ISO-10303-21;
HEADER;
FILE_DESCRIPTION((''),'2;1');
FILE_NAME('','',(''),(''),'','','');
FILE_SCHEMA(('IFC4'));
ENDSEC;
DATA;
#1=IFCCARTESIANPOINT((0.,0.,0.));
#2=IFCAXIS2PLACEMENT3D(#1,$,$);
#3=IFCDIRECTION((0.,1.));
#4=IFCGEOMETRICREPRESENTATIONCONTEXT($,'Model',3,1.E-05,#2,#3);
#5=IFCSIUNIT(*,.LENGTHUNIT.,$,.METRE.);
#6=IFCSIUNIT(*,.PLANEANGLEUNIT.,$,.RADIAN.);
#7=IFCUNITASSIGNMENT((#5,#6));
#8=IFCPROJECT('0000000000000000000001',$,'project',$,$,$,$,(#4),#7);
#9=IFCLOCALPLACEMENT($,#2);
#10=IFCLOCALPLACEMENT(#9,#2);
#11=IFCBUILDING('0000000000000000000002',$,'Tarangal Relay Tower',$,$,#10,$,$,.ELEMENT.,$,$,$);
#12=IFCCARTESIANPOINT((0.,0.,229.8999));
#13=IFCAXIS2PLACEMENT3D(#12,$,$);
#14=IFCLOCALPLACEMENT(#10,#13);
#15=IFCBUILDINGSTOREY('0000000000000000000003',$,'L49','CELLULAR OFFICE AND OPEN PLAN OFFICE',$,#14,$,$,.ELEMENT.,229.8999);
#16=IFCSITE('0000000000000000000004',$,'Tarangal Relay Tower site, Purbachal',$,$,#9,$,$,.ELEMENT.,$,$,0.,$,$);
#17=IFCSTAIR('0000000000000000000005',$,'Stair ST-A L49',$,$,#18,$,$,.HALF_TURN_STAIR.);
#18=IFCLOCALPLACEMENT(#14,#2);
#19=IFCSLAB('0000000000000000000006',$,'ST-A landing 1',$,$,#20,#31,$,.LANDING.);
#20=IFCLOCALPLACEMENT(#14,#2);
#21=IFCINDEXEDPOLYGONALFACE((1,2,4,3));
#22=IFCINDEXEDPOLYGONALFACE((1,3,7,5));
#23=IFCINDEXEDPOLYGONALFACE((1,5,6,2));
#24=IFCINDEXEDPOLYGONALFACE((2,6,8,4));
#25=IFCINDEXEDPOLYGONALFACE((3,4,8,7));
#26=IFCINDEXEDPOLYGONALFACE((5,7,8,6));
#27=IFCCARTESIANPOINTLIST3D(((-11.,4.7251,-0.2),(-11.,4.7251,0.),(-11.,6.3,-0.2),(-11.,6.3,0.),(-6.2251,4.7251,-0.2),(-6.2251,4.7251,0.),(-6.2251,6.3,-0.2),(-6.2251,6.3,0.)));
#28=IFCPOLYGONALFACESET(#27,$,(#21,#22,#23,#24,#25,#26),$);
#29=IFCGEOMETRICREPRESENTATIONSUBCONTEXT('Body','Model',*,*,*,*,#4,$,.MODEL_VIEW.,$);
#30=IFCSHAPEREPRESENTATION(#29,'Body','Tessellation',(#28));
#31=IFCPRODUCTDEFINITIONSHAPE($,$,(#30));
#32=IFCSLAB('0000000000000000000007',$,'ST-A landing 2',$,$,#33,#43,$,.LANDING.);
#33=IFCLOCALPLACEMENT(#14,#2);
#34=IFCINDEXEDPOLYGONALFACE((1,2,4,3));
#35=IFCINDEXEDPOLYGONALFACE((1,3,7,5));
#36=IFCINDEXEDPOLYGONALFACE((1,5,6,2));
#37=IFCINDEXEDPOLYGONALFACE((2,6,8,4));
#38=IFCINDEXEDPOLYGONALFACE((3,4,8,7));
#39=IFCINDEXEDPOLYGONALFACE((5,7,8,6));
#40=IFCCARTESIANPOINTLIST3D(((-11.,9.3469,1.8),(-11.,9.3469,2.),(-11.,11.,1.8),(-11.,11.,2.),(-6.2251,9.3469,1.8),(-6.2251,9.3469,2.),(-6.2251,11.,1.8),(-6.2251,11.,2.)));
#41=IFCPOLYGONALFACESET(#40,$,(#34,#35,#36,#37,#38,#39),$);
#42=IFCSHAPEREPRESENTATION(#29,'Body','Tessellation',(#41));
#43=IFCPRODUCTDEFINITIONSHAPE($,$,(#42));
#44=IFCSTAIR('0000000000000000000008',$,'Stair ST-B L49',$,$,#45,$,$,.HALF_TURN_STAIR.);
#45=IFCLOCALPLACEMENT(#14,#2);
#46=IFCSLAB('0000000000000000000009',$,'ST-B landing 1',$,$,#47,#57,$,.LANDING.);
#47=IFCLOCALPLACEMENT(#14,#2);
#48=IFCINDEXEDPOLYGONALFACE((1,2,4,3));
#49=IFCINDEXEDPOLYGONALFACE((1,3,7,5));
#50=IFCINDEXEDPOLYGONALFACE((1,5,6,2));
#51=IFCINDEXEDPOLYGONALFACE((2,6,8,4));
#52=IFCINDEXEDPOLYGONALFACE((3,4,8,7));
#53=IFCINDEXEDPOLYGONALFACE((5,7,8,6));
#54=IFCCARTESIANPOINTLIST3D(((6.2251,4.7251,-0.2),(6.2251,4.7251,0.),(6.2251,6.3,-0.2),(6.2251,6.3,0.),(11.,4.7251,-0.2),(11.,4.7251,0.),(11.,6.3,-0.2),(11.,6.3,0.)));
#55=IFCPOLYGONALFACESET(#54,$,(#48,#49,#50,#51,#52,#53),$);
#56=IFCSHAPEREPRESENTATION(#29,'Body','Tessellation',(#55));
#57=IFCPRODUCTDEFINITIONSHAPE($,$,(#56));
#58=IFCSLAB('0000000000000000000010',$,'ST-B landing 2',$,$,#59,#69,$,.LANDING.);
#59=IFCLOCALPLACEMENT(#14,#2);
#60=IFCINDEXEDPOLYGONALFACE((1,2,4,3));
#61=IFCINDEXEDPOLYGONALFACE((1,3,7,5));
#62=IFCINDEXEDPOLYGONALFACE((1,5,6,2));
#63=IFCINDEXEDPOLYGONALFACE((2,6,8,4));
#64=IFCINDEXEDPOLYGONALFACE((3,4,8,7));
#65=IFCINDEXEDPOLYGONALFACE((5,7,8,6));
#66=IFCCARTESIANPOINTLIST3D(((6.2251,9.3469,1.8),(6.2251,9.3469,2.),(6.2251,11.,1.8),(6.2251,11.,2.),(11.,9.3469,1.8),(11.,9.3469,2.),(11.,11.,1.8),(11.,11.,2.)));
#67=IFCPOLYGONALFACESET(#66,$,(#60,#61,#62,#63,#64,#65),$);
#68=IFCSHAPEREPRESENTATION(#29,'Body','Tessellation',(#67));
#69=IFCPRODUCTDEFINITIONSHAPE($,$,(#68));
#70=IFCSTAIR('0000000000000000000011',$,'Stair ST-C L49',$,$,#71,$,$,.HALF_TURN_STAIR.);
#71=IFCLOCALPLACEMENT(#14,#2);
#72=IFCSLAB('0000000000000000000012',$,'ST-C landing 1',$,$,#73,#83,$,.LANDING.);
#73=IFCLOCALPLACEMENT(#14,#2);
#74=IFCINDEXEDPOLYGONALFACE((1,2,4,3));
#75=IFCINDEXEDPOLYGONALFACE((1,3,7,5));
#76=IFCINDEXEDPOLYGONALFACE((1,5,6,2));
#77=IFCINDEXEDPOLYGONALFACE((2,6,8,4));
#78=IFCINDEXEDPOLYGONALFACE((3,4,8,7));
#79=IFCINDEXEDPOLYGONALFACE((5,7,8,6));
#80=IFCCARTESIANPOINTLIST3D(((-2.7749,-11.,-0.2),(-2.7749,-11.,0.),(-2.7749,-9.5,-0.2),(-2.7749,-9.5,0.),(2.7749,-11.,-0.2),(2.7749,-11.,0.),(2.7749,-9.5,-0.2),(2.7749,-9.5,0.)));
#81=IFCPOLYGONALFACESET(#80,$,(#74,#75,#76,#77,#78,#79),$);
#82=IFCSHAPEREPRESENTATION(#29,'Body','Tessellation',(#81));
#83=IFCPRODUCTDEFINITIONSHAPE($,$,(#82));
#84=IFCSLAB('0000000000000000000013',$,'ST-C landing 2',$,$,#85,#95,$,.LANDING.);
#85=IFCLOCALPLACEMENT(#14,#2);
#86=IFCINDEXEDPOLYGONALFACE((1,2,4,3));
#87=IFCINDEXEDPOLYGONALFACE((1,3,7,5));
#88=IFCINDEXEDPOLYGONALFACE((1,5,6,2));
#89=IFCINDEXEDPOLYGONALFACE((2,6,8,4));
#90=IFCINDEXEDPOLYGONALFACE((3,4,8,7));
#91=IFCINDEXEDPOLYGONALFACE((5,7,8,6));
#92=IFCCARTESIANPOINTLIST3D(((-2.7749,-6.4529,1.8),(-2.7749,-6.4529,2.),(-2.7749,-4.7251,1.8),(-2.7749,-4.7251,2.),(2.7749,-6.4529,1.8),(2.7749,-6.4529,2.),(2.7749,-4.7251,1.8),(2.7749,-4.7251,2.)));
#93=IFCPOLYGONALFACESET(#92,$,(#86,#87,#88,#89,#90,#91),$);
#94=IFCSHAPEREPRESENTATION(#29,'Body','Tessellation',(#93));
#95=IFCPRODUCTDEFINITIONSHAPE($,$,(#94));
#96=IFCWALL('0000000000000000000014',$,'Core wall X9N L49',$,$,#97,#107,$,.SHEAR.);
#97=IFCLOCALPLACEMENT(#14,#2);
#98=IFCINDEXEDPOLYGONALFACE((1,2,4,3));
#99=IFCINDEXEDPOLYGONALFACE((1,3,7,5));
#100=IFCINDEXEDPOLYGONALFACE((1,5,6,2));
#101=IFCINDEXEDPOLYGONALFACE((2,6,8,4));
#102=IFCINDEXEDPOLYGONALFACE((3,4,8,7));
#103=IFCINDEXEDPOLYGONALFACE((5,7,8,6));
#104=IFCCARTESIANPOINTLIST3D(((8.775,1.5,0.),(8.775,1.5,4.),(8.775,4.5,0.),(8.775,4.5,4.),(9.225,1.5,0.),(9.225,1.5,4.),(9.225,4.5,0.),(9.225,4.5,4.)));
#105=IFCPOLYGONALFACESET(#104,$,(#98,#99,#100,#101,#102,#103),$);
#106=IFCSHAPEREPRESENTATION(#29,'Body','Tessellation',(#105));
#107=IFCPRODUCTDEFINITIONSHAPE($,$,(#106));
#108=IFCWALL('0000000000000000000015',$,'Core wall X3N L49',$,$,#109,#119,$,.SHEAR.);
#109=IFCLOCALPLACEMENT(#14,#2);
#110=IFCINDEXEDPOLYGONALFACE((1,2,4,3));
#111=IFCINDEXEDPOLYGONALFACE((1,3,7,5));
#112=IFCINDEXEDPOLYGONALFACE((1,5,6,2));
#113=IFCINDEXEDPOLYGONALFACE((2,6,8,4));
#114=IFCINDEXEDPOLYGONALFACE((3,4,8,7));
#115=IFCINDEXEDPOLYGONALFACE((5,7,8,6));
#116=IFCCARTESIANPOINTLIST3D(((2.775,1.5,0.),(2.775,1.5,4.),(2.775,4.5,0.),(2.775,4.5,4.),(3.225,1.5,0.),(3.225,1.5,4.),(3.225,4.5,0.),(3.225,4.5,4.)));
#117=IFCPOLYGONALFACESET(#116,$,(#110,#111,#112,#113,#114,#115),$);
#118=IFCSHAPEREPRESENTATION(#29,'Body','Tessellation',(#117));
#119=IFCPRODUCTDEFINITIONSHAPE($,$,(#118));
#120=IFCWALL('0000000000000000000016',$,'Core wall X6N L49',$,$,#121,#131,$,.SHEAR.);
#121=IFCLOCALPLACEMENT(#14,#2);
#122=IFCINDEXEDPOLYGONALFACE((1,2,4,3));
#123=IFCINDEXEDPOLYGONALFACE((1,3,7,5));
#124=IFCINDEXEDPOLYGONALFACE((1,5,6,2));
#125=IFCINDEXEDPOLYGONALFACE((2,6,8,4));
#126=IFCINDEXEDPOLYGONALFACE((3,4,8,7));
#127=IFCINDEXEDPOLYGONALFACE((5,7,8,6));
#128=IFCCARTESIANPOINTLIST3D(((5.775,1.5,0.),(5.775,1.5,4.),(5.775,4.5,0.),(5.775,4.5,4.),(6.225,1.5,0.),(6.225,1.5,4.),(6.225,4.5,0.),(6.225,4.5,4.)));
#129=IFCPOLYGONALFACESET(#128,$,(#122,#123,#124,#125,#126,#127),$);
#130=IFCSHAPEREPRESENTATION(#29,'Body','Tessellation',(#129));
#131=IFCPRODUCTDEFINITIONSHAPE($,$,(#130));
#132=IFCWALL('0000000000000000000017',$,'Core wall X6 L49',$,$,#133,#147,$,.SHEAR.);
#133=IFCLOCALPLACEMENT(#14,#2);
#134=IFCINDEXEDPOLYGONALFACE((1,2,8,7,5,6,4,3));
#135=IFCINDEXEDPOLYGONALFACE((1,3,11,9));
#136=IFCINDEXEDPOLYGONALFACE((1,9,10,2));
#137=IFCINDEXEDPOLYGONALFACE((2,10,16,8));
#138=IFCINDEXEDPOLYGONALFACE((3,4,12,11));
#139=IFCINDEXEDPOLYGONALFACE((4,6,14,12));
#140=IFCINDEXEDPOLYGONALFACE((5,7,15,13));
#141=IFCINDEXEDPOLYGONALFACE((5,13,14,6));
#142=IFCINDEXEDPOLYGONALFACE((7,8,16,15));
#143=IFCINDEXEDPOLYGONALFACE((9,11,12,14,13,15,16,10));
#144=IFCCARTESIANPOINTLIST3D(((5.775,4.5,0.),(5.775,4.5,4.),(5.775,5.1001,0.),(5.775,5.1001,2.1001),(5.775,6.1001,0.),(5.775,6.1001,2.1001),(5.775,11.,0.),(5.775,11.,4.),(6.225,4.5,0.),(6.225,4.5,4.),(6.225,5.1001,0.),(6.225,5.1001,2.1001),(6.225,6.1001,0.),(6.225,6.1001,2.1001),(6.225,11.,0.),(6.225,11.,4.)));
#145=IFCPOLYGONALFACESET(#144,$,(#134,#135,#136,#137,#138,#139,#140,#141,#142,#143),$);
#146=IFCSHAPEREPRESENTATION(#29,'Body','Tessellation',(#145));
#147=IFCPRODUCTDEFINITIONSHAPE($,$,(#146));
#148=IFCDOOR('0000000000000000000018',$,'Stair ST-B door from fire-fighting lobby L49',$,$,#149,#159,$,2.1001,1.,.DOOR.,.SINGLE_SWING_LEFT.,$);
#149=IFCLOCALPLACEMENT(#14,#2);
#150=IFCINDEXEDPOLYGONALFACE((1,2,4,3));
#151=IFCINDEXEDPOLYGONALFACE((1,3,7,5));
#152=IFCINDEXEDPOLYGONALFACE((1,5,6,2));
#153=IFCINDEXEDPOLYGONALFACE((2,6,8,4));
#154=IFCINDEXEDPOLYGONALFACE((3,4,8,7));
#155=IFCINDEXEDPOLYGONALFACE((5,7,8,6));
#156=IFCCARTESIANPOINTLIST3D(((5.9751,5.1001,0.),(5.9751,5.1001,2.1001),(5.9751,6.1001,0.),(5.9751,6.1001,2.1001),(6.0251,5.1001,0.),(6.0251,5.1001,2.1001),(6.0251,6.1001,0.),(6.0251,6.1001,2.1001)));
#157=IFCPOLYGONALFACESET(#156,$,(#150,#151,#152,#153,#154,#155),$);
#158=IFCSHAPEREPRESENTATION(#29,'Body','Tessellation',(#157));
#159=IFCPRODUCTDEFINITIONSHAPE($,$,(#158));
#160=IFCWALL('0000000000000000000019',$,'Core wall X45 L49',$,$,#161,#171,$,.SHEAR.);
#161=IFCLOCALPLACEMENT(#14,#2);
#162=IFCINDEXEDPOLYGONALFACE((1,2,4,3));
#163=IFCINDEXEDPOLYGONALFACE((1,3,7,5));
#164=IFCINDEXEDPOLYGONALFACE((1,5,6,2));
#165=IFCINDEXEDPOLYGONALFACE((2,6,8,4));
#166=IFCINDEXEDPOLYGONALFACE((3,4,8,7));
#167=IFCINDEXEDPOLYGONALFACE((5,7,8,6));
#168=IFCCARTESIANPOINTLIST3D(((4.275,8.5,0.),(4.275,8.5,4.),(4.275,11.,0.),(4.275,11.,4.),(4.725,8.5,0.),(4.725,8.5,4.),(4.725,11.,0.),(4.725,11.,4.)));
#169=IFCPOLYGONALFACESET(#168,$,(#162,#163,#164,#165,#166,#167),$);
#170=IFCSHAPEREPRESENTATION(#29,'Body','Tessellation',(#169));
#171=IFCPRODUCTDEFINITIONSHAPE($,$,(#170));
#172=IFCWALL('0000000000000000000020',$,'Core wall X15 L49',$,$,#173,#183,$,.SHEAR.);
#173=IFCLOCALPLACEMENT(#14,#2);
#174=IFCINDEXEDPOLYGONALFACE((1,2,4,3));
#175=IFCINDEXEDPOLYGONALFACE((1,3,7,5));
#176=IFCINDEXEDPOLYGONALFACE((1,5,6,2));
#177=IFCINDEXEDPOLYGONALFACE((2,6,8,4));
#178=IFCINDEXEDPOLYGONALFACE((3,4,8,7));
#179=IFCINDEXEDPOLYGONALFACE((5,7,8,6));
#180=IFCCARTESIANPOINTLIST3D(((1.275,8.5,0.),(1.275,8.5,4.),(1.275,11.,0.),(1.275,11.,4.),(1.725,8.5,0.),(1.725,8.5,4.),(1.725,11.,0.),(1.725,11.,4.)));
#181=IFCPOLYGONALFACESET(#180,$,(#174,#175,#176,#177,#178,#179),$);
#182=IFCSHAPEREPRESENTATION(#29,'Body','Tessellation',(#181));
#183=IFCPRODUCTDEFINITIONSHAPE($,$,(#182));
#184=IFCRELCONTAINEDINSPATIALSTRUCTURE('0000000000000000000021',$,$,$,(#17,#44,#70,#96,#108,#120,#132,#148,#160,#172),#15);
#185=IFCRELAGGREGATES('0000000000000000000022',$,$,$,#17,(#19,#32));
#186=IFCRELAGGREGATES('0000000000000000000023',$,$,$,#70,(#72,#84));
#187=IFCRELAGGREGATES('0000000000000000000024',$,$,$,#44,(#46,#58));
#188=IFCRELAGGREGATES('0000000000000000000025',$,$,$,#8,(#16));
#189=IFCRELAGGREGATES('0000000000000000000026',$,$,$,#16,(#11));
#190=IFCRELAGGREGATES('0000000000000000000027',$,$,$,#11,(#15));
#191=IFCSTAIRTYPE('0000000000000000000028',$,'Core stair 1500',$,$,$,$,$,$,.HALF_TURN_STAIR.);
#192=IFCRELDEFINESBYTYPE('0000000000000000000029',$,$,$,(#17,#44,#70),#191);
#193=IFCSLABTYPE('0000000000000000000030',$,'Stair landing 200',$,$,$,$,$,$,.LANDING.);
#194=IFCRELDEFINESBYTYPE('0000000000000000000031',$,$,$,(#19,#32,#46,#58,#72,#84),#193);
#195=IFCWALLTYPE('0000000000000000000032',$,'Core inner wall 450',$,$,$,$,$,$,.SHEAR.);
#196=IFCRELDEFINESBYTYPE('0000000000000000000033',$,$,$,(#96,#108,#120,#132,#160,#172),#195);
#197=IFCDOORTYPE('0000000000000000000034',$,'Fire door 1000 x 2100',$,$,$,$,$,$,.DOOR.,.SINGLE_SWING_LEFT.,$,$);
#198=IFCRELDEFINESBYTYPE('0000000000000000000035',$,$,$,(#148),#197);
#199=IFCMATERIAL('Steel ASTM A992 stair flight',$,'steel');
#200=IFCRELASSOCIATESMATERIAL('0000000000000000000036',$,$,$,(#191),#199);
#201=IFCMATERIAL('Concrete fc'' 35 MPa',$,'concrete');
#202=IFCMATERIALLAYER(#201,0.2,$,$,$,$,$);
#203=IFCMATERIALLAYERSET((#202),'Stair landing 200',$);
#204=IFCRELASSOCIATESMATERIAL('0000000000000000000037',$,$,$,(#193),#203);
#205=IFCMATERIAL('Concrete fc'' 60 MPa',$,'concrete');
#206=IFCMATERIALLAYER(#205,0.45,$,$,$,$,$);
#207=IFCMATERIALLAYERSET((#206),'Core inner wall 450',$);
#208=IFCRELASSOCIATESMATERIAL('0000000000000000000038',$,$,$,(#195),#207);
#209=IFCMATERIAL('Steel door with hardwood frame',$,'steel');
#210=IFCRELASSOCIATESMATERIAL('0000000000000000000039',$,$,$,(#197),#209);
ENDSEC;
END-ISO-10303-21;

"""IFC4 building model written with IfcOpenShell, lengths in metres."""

from ifc_helpers import new_model, si_unit, direction, frame, frame_2d, origin, place, context, subcontext, project, spatial, polyline, rectangle, outline, extrude, material, layer, layer_set, type_object, element, fill, aggregate, save


model = new_model("IFC4")

# Units and contexts
model_context = context("Model", 3, precision=1e-05, world=origin(), true_north=direction((0.0, 1.0)))
body_context = subcontext(model_context, "Body", "Model", "MODEL_VIEW")
ifc_project = project(units=[si_unit("LENGTHUNIT", "METRE"), si_unit("PLANEANGLEUNIT", "RADIAN")], contexts=[model_context])

# Site, building, storey
site_placement = place(None, origin())
site = spatial("IfcSite", under=ifc_project, at=site_placement, Name="Tarangal Relay Tower site, Purbachal", CompositionType="ELEMENT", RefElevation=0.0)
building_placement = place(site_placement, origin())
building = spatial("IfcBuilding", under=site, at=building_placement, Name="Tarangal Relay Tower", CompositionType="ELEMENT")
storey_placement = place(building_placement, frame((0.0, 0.0, 229.8999)))
storey = spatial("IfcBuildingStorey", under=building, at=storey_placement, Name="L49", Description="CELLULAR OFFICE AND OPEN PLAN OFFICE", CompositionType="ELEMENT", Elevation=229.8999)

# Stairs, slabs
ifc_material_1 = material(Name="Steel ASTM A992 stair flight", Category="steel")
stair_type = type_object("IfcStairType", Name="Core stair 1500", PredefinedType="HALF_TURN_STAIR", material=ifc_material_1)
stair_1_placement = place(storey_placement, origin())
stair_1 = element("IfcStair", 1, at=stair_1_placement, inside=storey, type_object=stair_type, Name="Stair ST-A L49", PredefinedType="HALF_TURN_STAIR")
ifc_material_2 = material(Name="Concrete fc' 35 MPa", Category="concrete")
ifc_layer_1 = layer(ifc_material_2, 0.2)
ifc_layer_set_1 = layer_set([ifc_layer_1], Name="Stair landing 200")
slab_type = type_object("IfcSlabType", Name="Stair landing 200", PredefinedType="LANDING", material=ifc_layer_set_1)
slab_1_placement = place(storey_placement, frame((0.0, 0.0, -0.2)))
slab_1 = element("IfcSlab", 2, at=slab_1_placement, type_object=slab_type, Name="ST-A landing 1", PredefinedType="LANDING", context=body_context, shape_type="SweptSolid", body=[
    extrude(outline(polyline([(-11.0, 4.7251), (-6.2251, 4.7251), (-6.2251, 6.3), (-11.0, 6.3), (-11.0, 4.7251)])), origin(), (0.0, 0.0, 1.0), 0.2),
])
slab_2_placement = place(storey_placement, frame((0.0, 0.0, 1.8)))
slab_2 = element("IfcSlab", 3, at=slab_2_placement, type_object=slab_type, Name="ST-A landing 2", PredefinedType="LANDING", context=body_context, shape_type="SweptSolid", body=[
    extrude(outline(polyline([(-11.0, 9.3469), (-6.2251, 9.3469), (-6.2251, 11.0), (-11.0, 11.0), (-11.0, 9.3469)])), origin(), (0.0, 0.0, 1.0), 0.2),
])
aggregate(stair_1, [slab_1, slab_2])
stair_2_placement = place(storey_placement, origin())
stair_2 = element("IfcStair", 4, at=stair_2_placement, inside=storey, type_object=stair_type, Name="Stair ST-B L49", PredefinedType="HALF_TURN_STAIR")
slab_3_placement = place(storey_placement, frame((0.0, 0.0, -0.2)))
slab_3 = element("IfcSlab", 5, at=slab_3_placement, type_object=slab_type, Name="ST-B landing 1", PredefinedType="LANDING", context=body_context, shape_type="SweptSolid", body=[
    extrude(outline(polyline([(6.2251, 4.7251), (11.0, 4.7251), (11.0, 6.3), (6.2251, 6.3), (6.2251, 4.7251)])), origin(), (0.0, 0.0, 1.0), 0.2),
])
slab_4_placement = place(storey_placement, frame((0.0, 0.0, 1.8)))
slab_4 = element("IfcSlab", 6, at=slab_4_placement, type_object=slab_type, Name="ST-B landing 2", PredefinedType="LANDING", context=body_context, shape_type="SweptSolid", body=[
    extrude(outline(polyline([(6.2251, 9.3469), (11.0, 9.3469), (11.0, 11.0), (6.2251, 11.0), (6.2251, 9.3469)])), origin(), (0.0, 0.0, 1.0), 0.2),
])
stair_3_placement = place(storey_placement, origin())
stair_3 = element("IfcStair", 7, at=stair_3_placement, inside=storey, type_object=stair_type, Name="Stair ST-C L49", PredefinedType="HALF_TURN_STAIR")
slab_5_placement = place(storey_placement, frame((0.0, 0.0, -0.2)))
slab_5 = element("IfcSlab", 8, at=slab_5_placement, type_object=slab_type, Name="ST-C landing 1", PredefinedType="LANDING", context=body_context, shape_type="SweptSolid", body=[
    extrude(outline(polyline([(-2.7749, -11.0), (2.7749, -11.0), (2.7749, -9.5), (-2.7749, -9.5), (-2.7749, -11.0)])), origin(), (0.0, 0.0, 1.0), 0.2),
])
slab_6_placement = place(storey_placement, frame((0.0, 0.0, 1.8)))
slab_6 = element("IfcSlab", 9, at=slab_6_placement, type_object=slab_type, Name="ST-C landing 2", PredefinedType="LANDING", context=body_context, shape_type="SweptSolid", body=[
    extrude(outline(polyline([(-2.7749, -6.4529), (2.7749, -6.4529), (2.7749, -4.7251), (-2.7749, -4.7251), (-2.7749, -6.4529)])), origin(), (0.0, 0.0, 1.0), 0.2),
])
aggregate(stair_3, [slab_5, slab_6])

# Walls
ifc_material_3 = material(Name="Concrete fc' 60 MPa", Category="concrete")
ifc_layer_2 = layer(ifc_material_3, 0.45)
ifc_layer_set_2 = layer_set([ifc_layer_2], Name="Core inner wall 450")
wall_type = type_object("IfcWallType", Name="Core inner wall 450", PredefinedType="SHEAR", material=ifc_layer_set_2)
for number, where, z_axis, x_axis, name in (
    (10, (9.0, 1.5, 0.0), (0.0, 0.0, 1.0), (0.0, 1.0, 0.0), "Core wall X9N L49"),
    (11, (3.0, 1.5, 0.0), (0.0, 0.0, 1.0), (0.0, 1.0, 0.0), "Core wall X3N L49"),
    (12, (6.0, 1.5, 0.0), (0.0, 0.0, 1.0), (0.0, 1.0, 0.0), "Core wall X6N L49"),
):
    element("IfcWall", number, at=place(storey_placement, frame(where, z_axis=z_axis, x_axis=x_axis)), inside=storey, type_object=wall_type, Name=name, PredefinedType="SHEAR", context=body_context, shape_type="SweptSolid", body=[
        extrude(rectangle(XDim=3.0, YDim=0.45, at=frame_2d((1.5, 0.0))), origin(), (0.0, 0.0, 1.0), 4.0),
    ])

# Wall, opening, door
wall_placement = place(storey_placement, frame((6.0, 4.5, 0.0), z_axis=(0.0, 0.0, 1.0), x_axis=(0.0, 1.0, 0.0)))
wall = element("IfcWall", 13, at=wall_placement, inside=storey, type_object=wall_type, Name="Core wall X6 L49", PredefinedType="SHEAR", context=body_context, shape_type="SweptSolid", body=[
    extrude(rectangle(XDim=6.5, YDim=0.45, at=frame_2d((3.25, 0.0))), origin(), (0.0, 0.0, 1.0), 4.0),
])
opening_placement = place(wall_placement, frame((0.6001, 0.0, 0.0)))
opening = element("IfcOpeningElement", 14, at=opening_placement, cuts=wall, PredefinedType="OPENING", context=body_context, shape_type="SweptSolid", body=[
    extrude(rectangle(XDim=1.0, YDim=2.1001, at=frame_2d((0.5, 1.05))), frame((0.0, 0.2349, 0.0), z_axis=(0.0, -1.0, 0.0), x_axis=(1.0, 0.0, 0.0)), (0.0, 0.0, 1.0), 0.47),
])
ifc_material_4 = material(Name="Steel door with hardwood frame", Category="steel")
door_type = type_object("IfcDoorType", Name="Fire door 1000 x 2100", OperationType="SINGLE_SWING_LEFT", PredefinedType="DOOR", material=ifc_material_4)
door_placement = place(opening_placement, origin())
door = element("IfcDoor", 15, at=door_placement, inside=storey, type_object=door_type, Name="Stair ST-B door from fire-fighting lobby L49", OperationType="SINGLE_SWING_LEFT", OverallHeight=2.1001, OverallWidth=1.0, PredefinedType="DOOR", context=body_context, shape_type="SweptSolid", body=[
    extrude(rectangle(XDim=1.0, YDim=2.1001, at=frame_2d((0.5, 1.05))), frame((0.0, 0.0249, 0.0), z_axis=(0.0, -1.0, 0.0), x_axis=(1.0, 0.0, 0.0)), (0.0, 0.0, 1.0), 0.05),
])
fill(opening, door)

# Walls
for number, where, z_axis, x_axis, name in (
    (16, (4.5, 8.5, 0.0), (0.0, 0.0, 1.0), (0.0, 1.0, 0.0), "Core wall X45 L49"),
    (17, (1.5, 8.5, 0.0), (0.0, 0.0, 1.0), (0.0, 1.0, 0.0), "Core wall X15 L49"),
):
    element("IfcWall", number, at=place(storey_placement, frame(where, z_axis=z_axis, x_axis=x_axis)), inside=storey, type_object=wall_type, Name=name, PredefinedType="SHEAR", context=body_context, shape_type="SweptSolid", body=[
        extrude(rectangle(XDim=2.5, YDim=0.45, at=frame_2d((1.25, 0.0))), origin(), (0.0, 0.0, 1.0), 4.0),
    ])

aggregate(stair_2, [slab_3, slab_4])

save(model, "model.ifc")
